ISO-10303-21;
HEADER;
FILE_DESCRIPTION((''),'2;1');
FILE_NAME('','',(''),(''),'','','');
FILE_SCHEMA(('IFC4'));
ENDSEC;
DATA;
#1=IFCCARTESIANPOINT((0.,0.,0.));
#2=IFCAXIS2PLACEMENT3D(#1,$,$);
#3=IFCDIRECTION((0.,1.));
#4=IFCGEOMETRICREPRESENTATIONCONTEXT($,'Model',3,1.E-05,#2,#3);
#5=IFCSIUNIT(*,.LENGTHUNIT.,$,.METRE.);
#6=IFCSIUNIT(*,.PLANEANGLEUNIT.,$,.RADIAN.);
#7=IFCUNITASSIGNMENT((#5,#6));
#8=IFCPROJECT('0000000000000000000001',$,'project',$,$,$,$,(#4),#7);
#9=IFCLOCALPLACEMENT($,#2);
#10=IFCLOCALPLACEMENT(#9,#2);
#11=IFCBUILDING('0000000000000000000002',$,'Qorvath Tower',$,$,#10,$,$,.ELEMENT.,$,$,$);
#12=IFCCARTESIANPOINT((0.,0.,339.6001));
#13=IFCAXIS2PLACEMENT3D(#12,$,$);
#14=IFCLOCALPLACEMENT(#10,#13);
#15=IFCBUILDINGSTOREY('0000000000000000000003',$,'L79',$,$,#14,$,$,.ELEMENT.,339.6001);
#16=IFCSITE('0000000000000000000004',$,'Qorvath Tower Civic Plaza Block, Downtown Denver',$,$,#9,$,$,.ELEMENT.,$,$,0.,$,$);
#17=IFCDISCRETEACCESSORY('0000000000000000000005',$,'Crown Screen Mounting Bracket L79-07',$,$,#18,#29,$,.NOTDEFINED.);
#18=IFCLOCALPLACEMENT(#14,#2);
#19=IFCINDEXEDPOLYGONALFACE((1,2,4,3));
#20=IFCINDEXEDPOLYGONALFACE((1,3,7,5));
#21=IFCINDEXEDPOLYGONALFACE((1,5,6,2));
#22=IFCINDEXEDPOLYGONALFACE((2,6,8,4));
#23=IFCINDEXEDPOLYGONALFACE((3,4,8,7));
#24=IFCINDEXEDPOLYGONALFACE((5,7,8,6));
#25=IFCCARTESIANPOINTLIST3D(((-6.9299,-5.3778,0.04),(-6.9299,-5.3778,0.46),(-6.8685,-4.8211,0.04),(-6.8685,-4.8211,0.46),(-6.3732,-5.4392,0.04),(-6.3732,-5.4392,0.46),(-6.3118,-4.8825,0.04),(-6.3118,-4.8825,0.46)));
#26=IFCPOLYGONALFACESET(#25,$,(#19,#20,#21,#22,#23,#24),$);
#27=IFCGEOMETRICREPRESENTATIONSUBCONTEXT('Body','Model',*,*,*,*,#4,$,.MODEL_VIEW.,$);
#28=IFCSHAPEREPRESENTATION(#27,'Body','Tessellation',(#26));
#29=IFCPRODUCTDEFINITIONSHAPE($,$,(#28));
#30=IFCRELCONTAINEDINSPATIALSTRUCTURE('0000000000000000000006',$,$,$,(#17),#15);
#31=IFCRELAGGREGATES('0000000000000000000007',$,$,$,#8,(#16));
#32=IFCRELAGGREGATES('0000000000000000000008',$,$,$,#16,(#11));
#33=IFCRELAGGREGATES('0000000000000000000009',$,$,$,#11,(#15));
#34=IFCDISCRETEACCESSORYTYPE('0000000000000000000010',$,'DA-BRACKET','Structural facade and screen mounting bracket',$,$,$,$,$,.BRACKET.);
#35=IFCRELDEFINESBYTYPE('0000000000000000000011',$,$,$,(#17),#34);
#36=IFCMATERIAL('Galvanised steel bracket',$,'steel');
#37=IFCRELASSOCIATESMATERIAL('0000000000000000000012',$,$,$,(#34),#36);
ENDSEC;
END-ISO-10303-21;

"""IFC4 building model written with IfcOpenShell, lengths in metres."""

from ifc_helpers import new_model, si_unit, direction, frame, origin, origin_2d, place, context, subcontext, project, spatial, rectangle, extrude, material, type_object, element, save


model = new_model("IFC4")

# Units and contexts
model_context = context("Model", 3, precision=1e-05, world=origin(), true_north=direction((0.0, 1.0)))
body_context = subcontext(model_context, "Body", "Model", "MODEL_VIEW")
ifc_project = project(units=[si_unit("LENGTHUNIT", "METRE"), si_unit("PLANEANGLEUNIT", "RADIAN")], contexts=[model_context])

# Site, building, storey
site_placement = place(None, origin())
site = spatial("IfcSite", under=ifc_project, at=site_placement, Name="Qorvath Tower Civic Plaza Block, Downtown Denver", CompositionType="ELEMENT", RefElevation=0.0)
building_placement = place(site_placement, origin())
building = spatial("IfcBuilding", under=site, at=building_placement, Name="Qorvath Tower", CompositionType="ELEMENT")
storey_placement = place(building_placement, frame((0.0, 0.0, 339.6001)))
storey = spatial("IfcBuildingStorey", under=building, at=storey_placement, Name="L79", CompositionType="ELEMENT", Elevation=339.6001)

# Discrete accessory
ifc_material_1 = material(Name="Galvanised steel bracket", Category="steel")
discrete_accessory_type = type_object("IfcDiscreteAccessoryType", Name="DA-BRACKET", Description="Structural facade and screen mounting bracket", PredefinedType="BRACKET", material=ifc_material_1)
for number, where, z_axis, x_axis, name in (
    (1, (-6.6208, -5.1301, 0.04), (0.0, 0.0, 1.0), (0.109616, 0.993974, 0.0), "Crown Screen Mounting Bracket L79-07"),
):
    element("IfcDiscreteAccessory", number, at=place(storey_placement, frame(where, z_axis=z_axis, x_axis=x_axis)), inside=storey, type_object=discrete_accessory_type, Name=name, PredefinedType="NOTDEFINED", context=body_context, shape_type="SweptSolid", body=[
        extrude(rectangle(XDim=0.5601, YDim=0.5601, at=origin_2d()), origin(), (0.0, 0.0, 1.0), 0.4199),
    ])

save(model, "model.ifc")
